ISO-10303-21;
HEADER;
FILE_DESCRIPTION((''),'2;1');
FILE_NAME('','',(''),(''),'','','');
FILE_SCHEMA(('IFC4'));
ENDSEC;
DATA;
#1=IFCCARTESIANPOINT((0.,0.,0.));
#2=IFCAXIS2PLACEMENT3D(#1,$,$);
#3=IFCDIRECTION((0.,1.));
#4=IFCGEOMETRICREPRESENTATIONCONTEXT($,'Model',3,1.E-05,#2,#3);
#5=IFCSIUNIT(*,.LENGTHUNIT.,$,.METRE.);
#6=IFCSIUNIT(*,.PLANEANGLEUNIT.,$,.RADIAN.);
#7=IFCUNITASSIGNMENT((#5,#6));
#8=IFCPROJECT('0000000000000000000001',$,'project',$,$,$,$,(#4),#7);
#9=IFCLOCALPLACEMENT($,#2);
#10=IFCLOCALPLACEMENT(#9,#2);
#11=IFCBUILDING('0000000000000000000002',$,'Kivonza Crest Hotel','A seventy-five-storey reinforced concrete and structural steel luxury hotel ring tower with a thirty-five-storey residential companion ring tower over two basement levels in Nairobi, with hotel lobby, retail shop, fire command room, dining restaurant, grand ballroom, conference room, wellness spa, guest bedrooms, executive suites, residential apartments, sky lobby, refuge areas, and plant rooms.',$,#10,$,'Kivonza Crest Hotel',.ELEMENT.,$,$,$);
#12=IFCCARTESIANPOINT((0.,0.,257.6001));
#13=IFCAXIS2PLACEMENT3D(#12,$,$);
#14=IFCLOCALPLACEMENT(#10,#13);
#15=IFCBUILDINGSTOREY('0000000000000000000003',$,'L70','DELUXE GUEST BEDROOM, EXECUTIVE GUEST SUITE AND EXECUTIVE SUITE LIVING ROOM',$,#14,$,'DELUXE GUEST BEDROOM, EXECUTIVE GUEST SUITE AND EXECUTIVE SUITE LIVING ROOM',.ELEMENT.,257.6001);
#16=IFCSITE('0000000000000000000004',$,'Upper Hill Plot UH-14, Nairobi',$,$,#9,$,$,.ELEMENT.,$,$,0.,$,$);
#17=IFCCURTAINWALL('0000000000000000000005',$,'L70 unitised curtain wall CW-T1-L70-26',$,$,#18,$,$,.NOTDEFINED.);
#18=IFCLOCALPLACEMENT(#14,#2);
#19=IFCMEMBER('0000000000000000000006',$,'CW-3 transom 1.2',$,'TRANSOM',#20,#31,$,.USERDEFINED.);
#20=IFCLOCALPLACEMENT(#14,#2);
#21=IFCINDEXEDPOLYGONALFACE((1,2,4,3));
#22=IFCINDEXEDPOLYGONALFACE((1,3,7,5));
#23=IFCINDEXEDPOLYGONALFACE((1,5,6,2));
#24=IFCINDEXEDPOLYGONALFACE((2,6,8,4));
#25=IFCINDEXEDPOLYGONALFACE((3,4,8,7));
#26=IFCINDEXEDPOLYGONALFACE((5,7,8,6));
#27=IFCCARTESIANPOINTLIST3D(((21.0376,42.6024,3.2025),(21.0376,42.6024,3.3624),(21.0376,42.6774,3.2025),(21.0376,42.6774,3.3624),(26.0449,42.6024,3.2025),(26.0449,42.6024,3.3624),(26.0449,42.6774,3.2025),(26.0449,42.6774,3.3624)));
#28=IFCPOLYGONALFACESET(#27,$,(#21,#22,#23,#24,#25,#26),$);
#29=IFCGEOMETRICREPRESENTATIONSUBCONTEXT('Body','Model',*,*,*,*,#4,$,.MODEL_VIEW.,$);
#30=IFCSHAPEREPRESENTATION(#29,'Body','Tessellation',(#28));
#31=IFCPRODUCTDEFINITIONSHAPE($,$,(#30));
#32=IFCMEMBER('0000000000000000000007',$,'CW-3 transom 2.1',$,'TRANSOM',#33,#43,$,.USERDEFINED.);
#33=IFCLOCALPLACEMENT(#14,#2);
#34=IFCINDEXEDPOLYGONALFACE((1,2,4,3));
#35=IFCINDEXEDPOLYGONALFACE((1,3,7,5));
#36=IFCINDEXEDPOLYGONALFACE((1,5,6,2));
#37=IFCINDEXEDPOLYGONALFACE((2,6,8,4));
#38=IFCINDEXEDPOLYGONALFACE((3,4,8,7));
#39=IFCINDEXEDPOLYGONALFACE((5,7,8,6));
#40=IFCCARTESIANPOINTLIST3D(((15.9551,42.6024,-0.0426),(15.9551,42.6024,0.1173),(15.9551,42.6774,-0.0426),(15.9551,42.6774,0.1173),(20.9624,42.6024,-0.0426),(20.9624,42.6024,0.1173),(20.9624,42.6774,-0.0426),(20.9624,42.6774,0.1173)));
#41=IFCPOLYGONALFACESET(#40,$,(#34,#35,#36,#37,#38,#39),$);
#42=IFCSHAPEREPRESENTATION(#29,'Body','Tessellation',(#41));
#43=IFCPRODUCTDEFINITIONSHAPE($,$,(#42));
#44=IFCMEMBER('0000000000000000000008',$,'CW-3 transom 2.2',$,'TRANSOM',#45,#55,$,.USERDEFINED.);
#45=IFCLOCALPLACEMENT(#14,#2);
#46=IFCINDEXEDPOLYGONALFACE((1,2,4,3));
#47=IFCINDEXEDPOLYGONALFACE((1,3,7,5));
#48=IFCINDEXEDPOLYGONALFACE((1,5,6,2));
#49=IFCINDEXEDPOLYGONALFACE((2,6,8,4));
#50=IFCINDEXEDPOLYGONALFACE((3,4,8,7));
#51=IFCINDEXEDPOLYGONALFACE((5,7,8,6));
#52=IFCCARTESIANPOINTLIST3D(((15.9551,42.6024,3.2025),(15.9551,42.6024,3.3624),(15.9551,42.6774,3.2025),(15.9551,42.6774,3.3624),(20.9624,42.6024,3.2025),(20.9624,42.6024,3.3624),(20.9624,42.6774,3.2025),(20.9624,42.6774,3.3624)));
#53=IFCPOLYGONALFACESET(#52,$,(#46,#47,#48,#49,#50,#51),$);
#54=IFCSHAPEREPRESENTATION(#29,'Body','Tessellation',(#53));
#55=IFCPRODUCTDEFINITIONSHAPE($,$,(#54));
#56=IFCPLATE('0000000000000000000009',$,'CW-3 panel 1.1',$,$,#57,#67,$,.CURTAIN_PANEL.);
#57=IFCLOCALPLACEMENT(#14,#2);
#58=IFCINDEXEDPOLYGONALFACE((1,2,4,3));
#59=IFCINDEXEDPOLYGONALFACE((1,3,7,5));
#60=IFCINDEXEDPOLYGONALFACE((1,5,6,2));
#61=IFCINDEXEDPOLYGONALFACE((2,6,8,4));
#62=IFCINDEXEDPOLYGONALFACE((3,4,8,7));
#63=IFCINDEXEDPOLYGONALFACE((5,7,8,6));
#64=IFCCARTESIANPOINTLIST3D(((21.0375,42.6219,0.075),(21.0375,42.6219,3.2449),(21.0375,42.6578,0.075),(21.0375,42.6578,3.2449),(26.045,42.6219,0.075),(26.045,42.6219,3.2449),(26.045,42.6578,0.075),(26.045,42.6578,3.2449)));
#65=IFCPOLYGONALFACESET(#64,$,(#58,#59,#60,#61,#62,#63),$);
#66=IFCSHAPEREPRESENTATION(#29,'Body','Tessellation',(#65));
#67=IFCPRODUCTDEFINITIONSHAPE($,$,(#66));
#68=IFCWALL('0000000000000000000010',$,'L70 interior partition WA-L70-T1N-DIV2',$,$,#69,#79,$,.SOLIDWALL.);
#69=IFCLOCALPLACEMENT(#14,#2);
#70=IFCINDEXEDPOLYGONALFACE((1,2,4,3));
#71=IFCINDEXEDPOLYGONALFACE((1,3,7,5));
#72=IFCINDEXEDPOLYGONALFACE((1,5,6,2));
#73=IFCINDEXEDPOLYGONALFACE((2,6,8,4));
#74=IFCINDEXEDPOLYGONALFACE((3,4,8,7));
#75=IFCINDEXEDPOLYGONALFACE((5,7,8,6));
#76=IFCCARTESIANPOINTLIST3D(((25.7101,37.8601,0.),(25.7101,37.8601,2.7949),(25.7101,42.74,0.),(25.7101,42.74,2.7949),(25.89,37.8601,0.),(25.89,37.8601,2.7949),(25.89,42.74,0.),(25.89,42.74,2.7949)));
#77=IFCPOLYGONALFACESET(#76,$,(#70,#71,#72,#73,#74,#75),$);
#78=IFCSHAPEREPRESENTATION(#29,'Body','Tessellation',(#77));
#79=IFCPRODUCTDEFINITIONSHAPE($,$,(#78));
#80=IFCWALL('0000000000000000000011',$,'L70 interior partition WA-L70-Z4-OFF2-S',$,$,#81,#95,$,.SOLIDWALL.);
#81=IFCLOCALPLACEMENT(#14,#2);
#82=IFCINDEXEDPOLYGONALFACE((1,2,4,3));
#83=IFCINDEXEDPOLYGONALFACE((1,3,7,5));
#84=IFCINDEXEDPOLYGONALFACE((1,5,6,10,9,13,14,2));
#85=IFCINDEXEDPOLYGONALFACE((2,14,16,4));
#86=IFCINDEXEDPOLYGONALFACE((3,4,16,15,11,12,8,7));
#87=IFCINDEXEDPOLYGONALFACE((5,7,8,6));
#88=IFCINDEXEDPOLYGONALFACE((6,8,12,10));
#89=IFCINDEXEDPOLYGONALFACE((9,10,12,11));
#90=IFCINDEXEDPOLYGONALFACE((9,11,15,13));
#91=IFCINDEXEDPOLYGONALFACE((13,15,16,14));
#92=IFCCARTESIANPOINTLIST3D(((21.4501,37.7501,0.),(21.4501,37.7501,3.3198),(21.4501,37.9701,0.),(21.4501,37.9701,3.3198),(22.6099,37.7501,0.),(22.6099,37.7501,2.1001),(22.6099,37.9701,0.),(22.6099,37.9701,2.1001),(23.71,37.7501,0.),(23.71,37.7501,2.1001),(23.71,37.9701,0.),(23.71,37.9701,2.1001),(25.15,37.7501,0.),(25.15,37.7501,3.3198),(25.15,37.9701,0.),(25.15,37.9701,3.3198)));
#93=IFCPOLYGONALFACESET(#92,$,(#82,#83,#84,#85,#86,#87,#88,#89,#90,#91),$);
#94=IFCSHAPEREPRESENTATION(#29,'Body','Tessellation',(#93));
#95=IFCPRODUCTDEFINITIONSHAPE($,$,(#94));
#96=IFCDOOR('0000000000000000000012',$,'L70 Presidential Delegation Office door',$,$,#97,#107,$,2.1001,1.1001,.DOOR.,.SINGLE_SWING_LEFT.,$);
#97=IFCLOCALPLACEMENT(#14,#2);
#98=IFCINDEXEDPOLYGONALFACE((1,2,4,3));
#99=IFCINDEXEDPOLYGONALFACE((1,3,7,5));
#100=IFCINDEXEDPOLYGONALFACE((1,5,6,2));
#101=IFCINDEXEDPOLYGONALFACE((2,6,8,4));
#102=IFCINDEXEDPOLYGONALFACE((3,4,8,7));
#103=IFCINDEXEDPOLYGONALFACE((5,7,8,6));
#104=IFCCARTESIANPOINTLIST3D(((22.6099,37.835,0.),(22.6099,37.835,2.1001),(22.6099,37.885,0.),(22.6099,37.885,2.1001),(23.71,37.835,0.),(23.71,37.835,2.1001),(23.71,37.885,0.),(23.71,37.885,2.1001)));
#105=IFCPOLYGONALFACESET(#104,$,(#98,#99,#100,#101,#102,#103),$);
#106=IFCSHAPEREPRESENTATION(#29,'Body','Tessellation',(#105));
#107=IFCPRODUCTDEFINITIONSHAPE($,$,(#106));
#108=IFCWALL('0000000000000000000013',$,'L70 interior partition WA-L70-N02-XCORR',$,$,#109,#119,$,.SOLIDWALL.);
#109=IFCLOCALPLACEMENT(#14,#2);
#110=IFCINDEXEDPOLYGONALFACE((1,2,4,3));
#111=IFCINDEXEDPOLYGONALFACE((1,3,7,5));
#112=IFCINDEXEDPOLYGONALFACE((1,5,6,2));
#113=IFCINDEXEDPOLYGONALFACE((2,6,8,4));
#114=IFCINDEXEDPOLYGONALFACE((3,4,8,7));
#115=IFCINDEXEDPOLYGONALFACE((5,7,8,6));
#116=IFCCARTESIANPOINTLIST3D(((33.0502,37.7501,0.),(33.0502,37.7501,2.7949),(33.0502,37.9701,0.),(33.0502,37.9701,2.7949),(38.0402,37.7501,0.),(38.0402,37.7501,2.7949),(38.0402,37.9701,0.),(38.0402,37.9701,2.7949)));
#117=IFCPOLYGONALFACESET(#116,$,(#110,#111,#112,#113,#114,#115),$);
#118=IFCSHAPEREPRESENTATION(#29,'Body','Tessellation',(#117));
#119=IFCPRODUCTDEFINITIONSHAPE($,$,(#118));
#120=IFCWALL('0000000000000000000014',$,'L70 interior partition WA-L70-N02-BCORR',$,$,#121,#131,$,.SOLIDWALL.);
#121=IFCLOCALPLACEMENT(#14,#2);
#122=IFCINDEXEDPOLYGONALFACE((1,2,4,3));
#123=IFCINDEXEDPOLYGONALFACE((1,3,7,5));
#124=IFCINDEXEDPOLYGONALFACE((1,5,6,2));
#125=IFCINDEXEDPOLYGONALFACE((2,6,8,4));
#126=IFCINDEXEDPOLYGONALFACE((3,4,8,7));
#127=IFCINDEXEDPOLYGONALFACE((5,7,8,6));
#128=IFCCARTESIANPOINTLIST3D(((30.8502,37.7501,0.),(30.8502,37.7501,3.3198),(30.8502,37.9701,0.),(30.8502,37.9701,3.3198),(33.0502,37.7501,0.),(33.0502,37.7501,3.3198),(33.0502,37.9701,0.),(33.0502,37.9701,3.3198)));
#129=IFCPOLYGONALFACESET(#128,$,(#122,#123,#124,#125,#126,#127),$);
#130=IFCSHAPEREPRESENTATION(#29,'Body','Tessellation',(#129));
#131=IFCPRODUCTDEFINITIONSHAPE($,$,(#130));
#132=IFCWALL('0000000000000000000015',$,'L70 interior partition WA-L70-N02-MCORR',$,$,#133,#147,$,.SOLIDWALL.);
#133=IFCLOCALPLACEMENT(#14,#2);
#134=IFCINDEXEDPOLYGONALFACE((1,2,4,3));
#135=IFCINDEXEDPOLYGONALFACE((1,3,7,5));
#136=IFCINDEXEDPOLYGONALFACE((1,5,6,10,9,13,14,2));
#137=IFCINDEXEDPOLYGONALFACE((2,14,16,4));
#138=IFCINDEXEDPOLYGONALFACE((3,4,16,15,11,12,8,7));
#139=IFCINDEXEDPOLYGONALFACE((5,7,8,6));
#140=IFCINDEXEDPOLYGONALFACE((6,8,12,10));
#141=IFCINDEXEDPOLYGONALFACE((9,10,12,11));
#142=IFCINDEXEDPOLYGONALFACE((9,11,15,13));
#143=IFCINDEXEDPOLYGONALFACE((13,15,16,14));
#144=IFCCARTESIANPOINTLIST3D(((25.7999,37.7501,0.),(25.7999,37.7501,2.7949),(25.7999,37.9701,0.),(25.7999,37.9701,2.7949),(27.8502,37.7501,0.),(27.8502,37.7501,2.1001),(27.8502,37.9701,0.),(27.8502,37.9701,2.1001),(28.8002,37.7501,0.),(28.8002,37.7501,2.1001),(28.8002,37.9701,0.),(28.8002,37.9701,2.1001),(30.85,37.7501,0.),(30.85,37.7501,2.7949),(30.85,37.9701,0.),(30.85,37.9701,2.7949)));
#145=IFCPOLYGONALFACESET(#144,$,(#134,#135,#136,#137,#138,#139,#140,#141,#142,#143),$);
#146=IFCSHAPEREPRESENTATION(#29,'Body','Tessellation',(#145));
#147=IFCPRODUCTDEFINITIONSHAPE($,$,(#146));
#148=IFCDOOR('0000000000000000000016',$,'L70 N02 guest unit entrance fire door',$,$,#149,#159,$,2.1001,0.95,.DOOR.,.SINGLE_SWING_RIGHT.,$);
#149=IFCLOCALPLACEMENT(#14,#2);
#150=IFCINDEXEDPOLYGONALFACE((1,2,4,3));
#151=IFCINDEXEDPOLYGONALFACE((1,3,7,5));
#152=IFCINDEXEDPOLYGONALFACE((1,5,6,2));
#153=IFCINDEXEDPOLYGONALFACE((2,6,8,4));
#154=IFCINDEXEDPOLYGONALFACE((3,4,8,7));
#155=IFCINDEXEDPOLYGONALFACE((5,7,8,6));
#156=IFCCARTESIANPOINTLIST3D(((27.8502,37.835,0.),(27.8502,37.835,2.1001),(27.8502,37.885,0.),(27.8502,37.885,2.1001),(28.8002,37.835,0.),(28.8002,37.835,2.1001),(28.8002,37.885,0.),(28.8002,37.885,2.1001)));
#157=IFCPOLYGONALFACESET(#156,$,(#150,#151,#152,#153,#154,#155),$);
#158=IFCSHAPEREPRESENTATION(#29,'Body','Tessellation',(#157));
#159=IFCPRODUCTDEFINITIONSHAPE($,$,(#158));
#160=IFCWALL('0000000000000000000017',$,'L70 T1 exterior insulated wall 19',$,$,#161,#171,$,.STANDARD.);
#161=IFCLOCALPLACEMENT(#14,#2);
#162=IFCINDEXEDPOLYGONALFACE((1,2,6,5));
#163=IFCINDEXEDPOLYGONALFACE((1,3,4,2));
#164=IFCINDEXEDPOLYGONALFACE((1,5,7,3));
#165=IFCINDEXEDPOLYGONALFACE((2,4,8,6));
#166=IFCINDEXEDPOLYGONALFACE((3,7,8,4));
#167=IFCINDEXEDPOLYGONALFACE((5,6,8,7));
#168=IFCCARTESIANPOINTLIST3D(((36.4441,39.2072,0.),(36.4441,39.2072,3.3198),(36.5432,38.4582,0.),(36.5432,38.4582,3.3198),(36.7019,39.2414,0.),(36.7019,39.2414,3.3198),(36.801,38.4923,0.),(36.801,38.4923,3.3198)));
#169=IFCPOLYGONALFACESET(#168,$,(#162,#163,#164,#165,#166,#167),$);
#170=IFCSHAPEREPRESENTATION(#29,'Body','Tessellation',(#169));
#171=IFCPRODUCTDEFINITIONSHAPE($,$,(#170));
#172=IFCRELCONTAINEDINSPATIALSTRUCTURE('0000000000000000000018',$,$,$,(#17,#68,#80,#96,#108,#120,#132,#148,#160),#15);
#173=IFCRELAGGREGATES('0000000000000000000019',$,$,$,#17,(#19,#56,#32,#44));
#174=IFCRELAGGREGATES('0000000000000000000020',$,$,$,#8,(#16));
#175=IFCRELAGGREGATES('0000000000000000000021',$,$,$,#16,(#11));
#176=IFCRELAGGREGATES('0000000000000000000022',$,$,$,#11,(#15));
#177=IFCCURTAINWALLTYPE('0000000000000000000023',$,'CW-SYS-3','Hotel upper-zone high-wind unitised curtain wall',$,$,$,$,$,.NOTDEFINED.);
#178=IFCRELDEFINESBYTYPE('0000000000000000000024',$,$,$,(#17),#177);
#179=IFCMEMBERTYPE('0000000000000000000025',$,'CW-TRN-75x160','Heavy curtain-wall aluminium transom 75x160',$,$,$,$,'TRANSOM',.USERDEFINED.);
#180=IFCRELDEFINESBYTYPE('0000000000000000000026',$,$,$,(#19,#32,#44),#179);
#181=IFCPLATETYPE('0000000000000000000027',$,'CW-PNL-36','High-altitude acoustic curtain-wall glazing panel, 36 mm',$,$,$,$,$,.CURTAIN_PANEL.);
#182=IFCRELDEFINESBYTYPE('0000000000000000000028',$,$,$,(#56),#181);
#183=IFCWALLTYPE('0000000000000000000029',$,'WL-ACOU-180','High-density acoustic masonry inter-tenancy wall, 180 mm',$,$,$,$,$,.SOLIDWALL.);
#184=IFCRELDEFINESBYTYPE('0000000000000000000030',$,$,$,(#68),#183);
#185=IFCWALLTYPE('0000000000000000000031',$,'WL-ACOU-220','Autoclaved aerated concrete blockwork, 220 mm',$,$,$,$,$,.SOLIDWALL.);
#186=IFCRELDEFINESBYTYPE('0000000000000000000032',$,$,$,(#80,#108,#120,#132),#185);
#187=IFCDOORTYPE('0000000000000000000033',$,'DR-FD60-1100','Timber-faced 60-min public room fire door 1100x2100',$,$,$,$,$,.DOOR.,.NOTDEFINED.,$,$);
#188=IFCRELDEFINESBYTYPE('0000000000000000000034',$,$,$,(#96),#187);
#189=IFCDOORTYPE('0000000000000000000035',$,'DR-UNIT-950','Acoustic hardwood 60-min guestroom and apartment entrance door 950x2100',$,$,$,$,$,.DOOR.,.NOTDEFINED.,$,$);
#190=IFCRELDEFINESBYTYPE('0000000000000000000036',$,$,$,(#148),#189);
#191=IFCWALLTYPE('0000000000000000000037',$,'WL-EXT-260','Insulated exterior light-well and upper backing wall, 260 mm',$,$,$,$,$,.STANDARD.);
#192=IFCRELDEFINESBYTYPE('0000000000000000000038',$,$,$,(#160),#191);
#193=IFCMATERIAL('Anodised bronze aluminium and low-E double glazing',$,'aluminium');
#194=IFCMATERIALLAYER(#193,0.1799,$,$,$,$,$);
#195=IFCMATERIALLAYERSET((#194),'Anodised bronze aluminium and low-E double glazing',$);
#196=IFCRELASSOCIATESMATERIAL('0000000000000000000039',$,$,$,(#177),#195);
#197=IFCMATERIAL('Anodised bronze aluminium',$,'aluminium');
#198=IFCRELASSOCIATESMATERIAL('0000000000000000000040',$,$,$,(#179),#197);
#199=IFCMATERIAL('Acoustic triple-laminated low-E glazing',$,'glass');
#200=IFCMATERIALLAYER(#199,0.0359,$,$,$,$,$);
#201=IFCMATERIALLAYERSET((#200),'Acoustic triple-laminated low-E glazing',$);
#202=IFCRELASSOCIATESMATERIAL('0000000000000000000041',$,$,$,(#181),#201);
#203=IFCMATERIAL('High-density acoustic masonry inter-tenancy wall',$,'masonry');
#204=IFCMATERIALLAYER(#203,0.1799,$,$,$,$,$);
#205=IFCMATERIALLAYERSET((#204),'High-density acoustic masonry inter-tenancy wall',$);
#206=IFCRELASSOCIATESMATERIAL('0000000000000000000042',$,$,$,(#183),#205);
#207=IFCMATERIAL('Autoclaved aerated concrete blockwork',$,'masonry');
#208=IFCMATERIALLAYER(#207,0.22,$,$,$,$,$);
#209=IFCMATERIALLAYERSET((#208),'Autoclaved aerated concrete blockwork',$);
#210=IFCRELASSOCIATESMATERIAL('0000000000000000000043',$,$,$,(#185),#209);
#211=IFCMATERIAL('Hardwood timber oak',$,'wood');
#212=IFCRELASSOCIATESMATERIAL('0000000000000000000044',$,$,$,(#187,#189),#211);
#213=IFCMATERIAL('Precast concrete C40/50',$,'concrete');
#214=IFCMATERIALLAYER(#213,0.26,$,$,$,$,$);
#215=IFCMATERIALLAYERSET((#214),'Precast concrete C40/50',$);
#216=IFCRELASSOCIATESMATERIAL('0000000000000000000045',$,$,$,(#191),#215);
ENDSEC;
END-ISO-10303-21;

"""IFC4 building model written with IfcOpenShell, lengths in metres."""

from ifc_helpers import new_model, si_unit, direction, frame, frame_2d, origin, origin_2d, place, context, subcontext, project, spatial, rectangle, extrude, material, layer, layer_set, material_profile, profile_set, type_object, element, fill, aggregate, save


model = new_model("IFC4")

# Units and contexts
model_context = context("Model", 3, precision=1e-05, world=origin(), true_north=direction((0.0, 1.0)))
body_context = subcontext(model_context, "Body", "Model", "MODEL_VIEW")
ifc_project = project(units=[si_unit("LENGTHUNIT", "METRE"), si_unit("PLANEANGLEUNIT", "RADIAN")], contexts=[model_context])

# Site, building, storey
site_placement = place(None, origin())
site = spatial("IfcSite", under=ifc_project, at=site_placement, Name="Upper Hill Plot UH-14, Nairobi", CompositionType="ELEMENT", RefElevation=0.0)
building_placement = place(site_placement, origin())
building = spatial("IfcBuilding", under=site, at=building_placement, Name="Kivonza Crest Hotel", Description="A seventy-five-storey reinforced concrete and structural steel luxury hotel ring tower with a thirty-five-storey residential companion ring tower over two basement levels in Nairobi, with hotel lobby, retail shop, fire command room, dining restaurant, grand ballroom, conference room, wellness spa, guest bedrooms, executive suites, residential apartments, sky lobby, refuge areas, and plant rooms.", LongName="Kivonza Crest Hotel", CompositionType="ELEMENT")
storey_placement = place(building_placement, frame((0.0, 0.0, 257.6001)))
storey = spatial("IfcBuildingStorey", under=building, at=storey_placement, Name="L70", Description="DELUXE GUEST BEDROOM, EXECUTIVE GUEST SUITE AND EXECUTIVE SUITE LIVING ROOM", LongName="DELUXE GUEST BEDROOM, EXECUTIVE GUEST SUITE AND EXECUTIVE SUITE LIVING ROOM", CompositionType="ELEMENT", Elevation=257.6001)

# Curtain wall, members, plate
ifc_material_1 = material(Name="Anodised bronze aluminium and low-E double glazing", Category="aluminium")
ifc_layer_1 = layer(ifc_material_1, 0.1799)
ifc_layer_set_1 = layer_set([ifc_layer_1], Name="Anodised bronze aluminium and low-E double glazing")
curtain_wall_type = type_object("IfcCurtainWallType", Name="CW-SYS-3", Description="Hotel upper-zone high-wind unitised curtain wall", PredefinedType="NOTDEFINED", material=ifc_layer_set_1)
curtain_wall_placement = place(storey_placement, origin())
curtain_wall = element("IfcCurtainWall", 1, at=curtain_wall_placement, inside=storey, type_object=curtain_wall_type, Name="L70 unitised curtain wall CW-T1-L70-26", PredefinedType="NOTDEFINED")
ifc_material_2 = material(Name="Anodised bronze aluminium", Category="aluminium")
ifc_material_profile_1 = material_profile(ifc_material_2, rectangle(XDim=0.075, YDim=0.1599, at=origin_2d()), Name="CW-T 75x160")
ifc_profile_set_1 = profile_set([ifc_material_profile_1], Name="Anodised bronze aluminium")
member_type_1 = type_object("IfcMemberType", Name="CW-TRN-75x160", Description="Heavy curtain-wall aluminium transom 75x160", ElementType="TRANSOM", PredefinedType="USERDEFINED", material=ifc_profile_set_1)
member_1_placement = place(storey_placement, frame((26.0449, 42.6399, 3.2825), z_axis=(-1.0, 0.0, 0.0), x_axis=(0.0, -1.0, 0.0)))
member_1 = element("IfcMember", 2, at=member_1_placement, type_object=member_type_1, Name="CW-3 transom 1.2", ObjectType="TRANSOM", PredefinedType="USERDEFINED", context=body_context, shape_type="SweptSolid", body=[
    extrude(rectangle(XDim=0.075, YDim=0.1599, at=origin_2d()), origin(), (0.0, 0.0, 1.0), 5.0073),
])
member_2_placement = place(storey_placement, frame((20.9624, 42.6399, 0.0374), z_axis=(-1.0, 0.0, 0.0), x_axis=(0.0, -1.0, 0.0)))
member_2 = element("IfcMember", 3, at=member_2_placement, type_object=member_type_1, Name="CW-3 transom 2.1", ObjectType="TRANSOM", PredefinedType="USERDEFINED", context=body_context, shape_type="SweptSolid", body=[
    extrude(rectangle(XDim=0.075, YDim=0.1599, at=origin_2d()), origin(), (0.0, 0.0, 1.0), 5.0073),
])
member_3_placement = place(storey_placement, frame((20.9624, 42.6399, 3.2825), z_axis=(-1.0, 0.0, 0.0), x_axis=(0.0, -1.0, 0.0)))
member_3 = element("IfcMember", 4, at=member_3_placement, type_object=member_type_1, Name="CW-3 transom 2.2", ObjectType="TRANSOM", PredefinedType="USERDEFINED", context=body_context, shape_type="SweptSolid", body=[
    extrude(rectangle(XDim=0.075, YDim=0.1599, at=origin_2d()), origin(), (0.0, 0.0, 1.0), 5.0073),
])
ifc_material_3 = material(Name="Acoustic triple-laminated low-E glazing", Category="glass")
ifc_layer_2 = layer(ifc_material_3, 0.0359)
ifc_layer_set_2 = layer_set([ifc_layer_2], Name="Acoustic triple-laminated low-E glazing")
plate_type = type_object("IfcPlateType", Name="CW-PNL-36", Description="High-altitude acoustic curtain-wall glazing panel, 36 mm", PredefinedType="CURTAIN_PANEL", material=ifc_layer_set_2)
plate_placement = place(storey_placement, frame((23.5413, 42.6399, 0.075), z_axis=(0.0, 0.0, 1.0), x_axis=(-1.0, 0.0, 0.0)))
plate = element("IfcPlate", 5, at=plate_placement, type_object=plate_type, Name="CW-3 panel 1.1", PredefinedType="CURTAIN_PANEL", context=body_context, shape_type="SweptSolid", body=[
    extrude(rectangle(XDim=5.0076, YDim=0.0359, at=origin_2d()), origin(), (0.0, 0.0, 1.0), 3.1699),
])
aggregate(curtain_wall, [member_1, plate, member_2, member_3])

# Wall
ifc_material_4 = material(Name="High-density acoustic masonry inter-tenancy wall", Category="masonry")
ifc_layer_3 = layer(ifc_material_4, 0.1799)
ifc_layer_set_3 = layer_set([ifc_layer_3], Name="High-density acoustic masonry inter-tenancy wall")
wall_type_1 = type_object("IfcWallType", Name="WL-ACOU-180", Description="High-density acoustic masonry inter-tenancy wall, 180 mm", PredefinedType="SOLIDWALL", material=ifc_layer_set_3)
wall_1_placement = place(storey_placement, frame((25.8, 37.8601, 0.0), z_axis=(0.0, 0.0, 1.0), x_axis=(0.0, 1.0, 0.0)))
element("IfcWall", 6, at=wall_1_placement, inside=storey, type_object=wall_type_1, Name="L70 interior partition WA-L70-T1N-DIV2", PredefinedType="SOLIDWALL", context=body_context, shape_type="SweptSolid", body=[
    extrude(rectangle(XDim=4.8799, YDim=0.1799, at=frame_2d((2.4399, 0.0))), origin(), (0.0, 0.0, 1.0), 2.7949),
])

# Wall, opening, door
ifc_material_5 = material(Name="Autoclaved aerated concrete blockwork", Category="masonry")
ifc_layer_4 = layer(ifc_material_5, 0.22)
ifc_layer_set_4 = layer_set([ifc_layer_4], Name="Autoclaved aerated concrete blockwork")
wall_type_2 = type_object("IfcWallType", Name="WL-ACOU-220", Description="Autoclaved aerated concrete blockwork, 220 mm", PredefinedType="SOLIDWALL", material=ifc_layer_set_4)
wall_2_placement = place(storey_placement, frame((21.45, 37.8601, 0.0), z_axis=(0.0, 0.0, 1.0), x_axis=(1.0, 0.0, 0.0)))
wall_2 = element("IfcWall", 7, at=wall_2_placement, inside=storey, type_object=wall_type_2, Name="L70 interior partition WA-L70-Z4-OFF2-S", PredefinedType="SOLIDWALL", context=body_context, shape_type="SweptSolid", body=[
    extrude(rectangle(XDim=3.7, YDim=0.22, at=frame_2d((1.8501, 0.0))), origin(), (0.0, 0.0, 1.0), 3.3198),
])
opening_1_placement = place(wall_2_placement, frame((1.1599, 0.0, 0.0)))
opening_1 = element("IfcOpeningElement", 8, at=opening_1_placement, cuts=wall_2, PredefinedType="OPENING", context=body_context, shape_type="SweptSolid", body=[
    extrude(rectangle(XDim=1.1001, YDim=2.1001, at=frame_2d((0.55, 1.05))), frame((0.0, 0.1201, 0.0), z_axis=(0.0, -1.0, 0.0), x_axis=(1.0, 0.0, 0.0)), (0.0, 0.0, 1.0), 0.24),
])
ifc_material_6 = material(Name="Hardwood timber oak", Category="wood")
door_type_1 = type_object("IfcDoorType", Name="DR-FD60-1100", Description="Timber-faced 60-min public room fire door 1100x2100", OperationType="NOTDEFINED", PredefinedType="DOOR", material=ifc_material_6)
door_1_placement = place(opening_1_placement, origin())
door_1 = element("IfcDoor", 9, at=door_1_placement, inside=storey, type_object=door_type_1, Name="L70 Presidential Delegation Office door", OperationType="SINGLE_SWING_LEFT", OverallHeight=2.1001, OverallWidth=1.1001, PredefinedType="DOOR", context=body_context, shape_type="SweptSolid", body=[
    extrude(rectangle(XDim=1.1001, YDim=2.1001, at=frame_2d((0.55, 1.05))), frame((0.0, 0.0249, 0.0), z_axis=(0.0, -1.0, 0.0), x_axis=(1.0, 0.0, 0.0)), (0.0, 0.0, 1.0), 0.05),
])
fill(opening_1, door_1)

# Walls
wall_3_placement = place(storey_placement, frame((33.05, 37.8601, 0.0), z_axis=(0.0, 0.0, 1.0), x_axis=(1.0, 0.0, 0.0)))
element("IfcWall", 10, at=wall_3_placement, inside=storey, type_object=wall_type_2, Name="L70 interior partition WA-L70-N02-XCORR", PredefinedType="SOLIDWALL", context=body_context, shape_type="SweptSolid", body=[
    extrude(rectangle(XDim=4.99, YDim=0.22, at=frame_2d((2.4951, 0.0))), origin(), (0.0, 0.0, 1.0), 2.7949),
])
wall_4_placement = place(storey_placement, frame((30.8501, 37.8601, 0.0), z_axis=(0.0, 0.0, 1.0), x_axis=(1.0, 0.0, 0.0)))
element("IfcWall", 11, at=wall_4_placement, inside=storey, type_object=wall_type_2, Name="L70 interior partition WA-L70-N02-BCORR", PredefinedType="SOLIDWALL", context=body_context, shape_type="SweptSolid", body=[
    extrude(rectangle(XDim=2.2, YDim=0.22, at=frame_2d((1.1001, 0.0))), origin(), (0.0, 0.0, 1.0), 3.3198),
])

# Wall, opening, door
wall_5_placement = place(storey_placement, frame((25.8, 37.8601, 0.0), z_axis=(0.0, 0.0, 1.0), x_axis=(1.0, 0.0, 0.0)))
wall_5 = element("IfcWall", 12, at=wall_5_placement, inside=storey, type_object=wall_type_2, Name="L70 interior partition WA-L70-N02-MCORR", PredefinedType="SOLIDWALL", context=body_context, shape_type="SweptSolid", body=[
    extrude(rectangle(XDim=5.05, YDim=0.22, at=frame_2d((2.5249, 0.0))), origin(), (0.0, 0.0, 1.0), 2.7949),
])
opening_2_placement = place(wall_5_placement, frame((2.05, 0.0, 0.0)))
opening_2 = element("IfcOpeningElement", 13, at=opening_2_placement, cuts=wall_5, PredefinedType="OPENING", context=body_context, shape_type="SweptSolid", body=[
    extrude(rectangle(XDim=0.95, YDim=2.1001, at=frame_2d((0.4751, 1.05))), frame((0.0, 0.1201, 0.0), z_axis=(0.0, -1.0, 0.0), x_axis=(1.0, 0.0, 0.0)), (0.0, 0.0, 1.0), 0.24),
])
door_type_2 = type_object("IfcDoorType", Name="DR-UNIT-950", Description="Acoustic hardwood 60-min guestroom and apartment entrance door 950x2100", OperationType="NOTDEFINED", PredefinedType="DOOR", material=ifc_material_6)
door_2_placement = place(opening_2_placement, origin())
door_2 = element("IfcDoor", 14, at=door_2_placement, inside=storey, type_object=door_type_2, Name="L70 N02 guest unit entrance fire door", OperationType="SINGLE_SWING_RIGHT", OverallHeight=2.1001, OverallWidth=0.95, PredefinedType="DOOR", context=body_context, shape_type="SweptSolid", body=[
    extrude(rectangle(XDim=0.95, YDim=2.1001, at=frame_2d((0.4751, 1.05))), frame((0.0, 0.0249, 0.0), z_axis=(0.0, -1.0, 0.0), x_axis=(1.0, 0.0, 0.0)), (0.0, 0.0, 1.0), 0.05),
])
fill(opening_2, door_2)

# Wall
ifc_material_7 = material(Name="Precast concrete C40/50", Category="concrete")
ifc_layer_5 = layer(ifc_material_7, 0.26)
ifc_layer_set_5 = layer_set([ifc_layer_5], Name="Precast concrete C40/50")
wall_type_3 = type_object("IfcWallType", Name="WL-EXT-260", Description="Insulated exterior light-well and upper backing wall, 260 mm", PredefinedType="STANDARD", material=ifc_layer_set_5)
wall_6_placement = place(storey_placement, frame((36.6721, 38.4751, 0.0), z_axis=(0.0, 0.0, 1.0), x_axis=(-0.13119, 0.991357, 0.0)))
element("IfcWall", 15, at=wall_6_placement, inside=storey, type_object=wall_type_3, Name="L70 T1 exterior insulated wall 19", PredefinedType="STANDARD", context=body_context, shape_type="SweptSolid", body=[
    extrude(rectangle(XDim=0.7556, YDim=0.26, at=frame_2d((0.3779, 0.0))), origin(), (0.0, 0.0, 1.0), 3.3198),
])

save(model, "model.ifc")
